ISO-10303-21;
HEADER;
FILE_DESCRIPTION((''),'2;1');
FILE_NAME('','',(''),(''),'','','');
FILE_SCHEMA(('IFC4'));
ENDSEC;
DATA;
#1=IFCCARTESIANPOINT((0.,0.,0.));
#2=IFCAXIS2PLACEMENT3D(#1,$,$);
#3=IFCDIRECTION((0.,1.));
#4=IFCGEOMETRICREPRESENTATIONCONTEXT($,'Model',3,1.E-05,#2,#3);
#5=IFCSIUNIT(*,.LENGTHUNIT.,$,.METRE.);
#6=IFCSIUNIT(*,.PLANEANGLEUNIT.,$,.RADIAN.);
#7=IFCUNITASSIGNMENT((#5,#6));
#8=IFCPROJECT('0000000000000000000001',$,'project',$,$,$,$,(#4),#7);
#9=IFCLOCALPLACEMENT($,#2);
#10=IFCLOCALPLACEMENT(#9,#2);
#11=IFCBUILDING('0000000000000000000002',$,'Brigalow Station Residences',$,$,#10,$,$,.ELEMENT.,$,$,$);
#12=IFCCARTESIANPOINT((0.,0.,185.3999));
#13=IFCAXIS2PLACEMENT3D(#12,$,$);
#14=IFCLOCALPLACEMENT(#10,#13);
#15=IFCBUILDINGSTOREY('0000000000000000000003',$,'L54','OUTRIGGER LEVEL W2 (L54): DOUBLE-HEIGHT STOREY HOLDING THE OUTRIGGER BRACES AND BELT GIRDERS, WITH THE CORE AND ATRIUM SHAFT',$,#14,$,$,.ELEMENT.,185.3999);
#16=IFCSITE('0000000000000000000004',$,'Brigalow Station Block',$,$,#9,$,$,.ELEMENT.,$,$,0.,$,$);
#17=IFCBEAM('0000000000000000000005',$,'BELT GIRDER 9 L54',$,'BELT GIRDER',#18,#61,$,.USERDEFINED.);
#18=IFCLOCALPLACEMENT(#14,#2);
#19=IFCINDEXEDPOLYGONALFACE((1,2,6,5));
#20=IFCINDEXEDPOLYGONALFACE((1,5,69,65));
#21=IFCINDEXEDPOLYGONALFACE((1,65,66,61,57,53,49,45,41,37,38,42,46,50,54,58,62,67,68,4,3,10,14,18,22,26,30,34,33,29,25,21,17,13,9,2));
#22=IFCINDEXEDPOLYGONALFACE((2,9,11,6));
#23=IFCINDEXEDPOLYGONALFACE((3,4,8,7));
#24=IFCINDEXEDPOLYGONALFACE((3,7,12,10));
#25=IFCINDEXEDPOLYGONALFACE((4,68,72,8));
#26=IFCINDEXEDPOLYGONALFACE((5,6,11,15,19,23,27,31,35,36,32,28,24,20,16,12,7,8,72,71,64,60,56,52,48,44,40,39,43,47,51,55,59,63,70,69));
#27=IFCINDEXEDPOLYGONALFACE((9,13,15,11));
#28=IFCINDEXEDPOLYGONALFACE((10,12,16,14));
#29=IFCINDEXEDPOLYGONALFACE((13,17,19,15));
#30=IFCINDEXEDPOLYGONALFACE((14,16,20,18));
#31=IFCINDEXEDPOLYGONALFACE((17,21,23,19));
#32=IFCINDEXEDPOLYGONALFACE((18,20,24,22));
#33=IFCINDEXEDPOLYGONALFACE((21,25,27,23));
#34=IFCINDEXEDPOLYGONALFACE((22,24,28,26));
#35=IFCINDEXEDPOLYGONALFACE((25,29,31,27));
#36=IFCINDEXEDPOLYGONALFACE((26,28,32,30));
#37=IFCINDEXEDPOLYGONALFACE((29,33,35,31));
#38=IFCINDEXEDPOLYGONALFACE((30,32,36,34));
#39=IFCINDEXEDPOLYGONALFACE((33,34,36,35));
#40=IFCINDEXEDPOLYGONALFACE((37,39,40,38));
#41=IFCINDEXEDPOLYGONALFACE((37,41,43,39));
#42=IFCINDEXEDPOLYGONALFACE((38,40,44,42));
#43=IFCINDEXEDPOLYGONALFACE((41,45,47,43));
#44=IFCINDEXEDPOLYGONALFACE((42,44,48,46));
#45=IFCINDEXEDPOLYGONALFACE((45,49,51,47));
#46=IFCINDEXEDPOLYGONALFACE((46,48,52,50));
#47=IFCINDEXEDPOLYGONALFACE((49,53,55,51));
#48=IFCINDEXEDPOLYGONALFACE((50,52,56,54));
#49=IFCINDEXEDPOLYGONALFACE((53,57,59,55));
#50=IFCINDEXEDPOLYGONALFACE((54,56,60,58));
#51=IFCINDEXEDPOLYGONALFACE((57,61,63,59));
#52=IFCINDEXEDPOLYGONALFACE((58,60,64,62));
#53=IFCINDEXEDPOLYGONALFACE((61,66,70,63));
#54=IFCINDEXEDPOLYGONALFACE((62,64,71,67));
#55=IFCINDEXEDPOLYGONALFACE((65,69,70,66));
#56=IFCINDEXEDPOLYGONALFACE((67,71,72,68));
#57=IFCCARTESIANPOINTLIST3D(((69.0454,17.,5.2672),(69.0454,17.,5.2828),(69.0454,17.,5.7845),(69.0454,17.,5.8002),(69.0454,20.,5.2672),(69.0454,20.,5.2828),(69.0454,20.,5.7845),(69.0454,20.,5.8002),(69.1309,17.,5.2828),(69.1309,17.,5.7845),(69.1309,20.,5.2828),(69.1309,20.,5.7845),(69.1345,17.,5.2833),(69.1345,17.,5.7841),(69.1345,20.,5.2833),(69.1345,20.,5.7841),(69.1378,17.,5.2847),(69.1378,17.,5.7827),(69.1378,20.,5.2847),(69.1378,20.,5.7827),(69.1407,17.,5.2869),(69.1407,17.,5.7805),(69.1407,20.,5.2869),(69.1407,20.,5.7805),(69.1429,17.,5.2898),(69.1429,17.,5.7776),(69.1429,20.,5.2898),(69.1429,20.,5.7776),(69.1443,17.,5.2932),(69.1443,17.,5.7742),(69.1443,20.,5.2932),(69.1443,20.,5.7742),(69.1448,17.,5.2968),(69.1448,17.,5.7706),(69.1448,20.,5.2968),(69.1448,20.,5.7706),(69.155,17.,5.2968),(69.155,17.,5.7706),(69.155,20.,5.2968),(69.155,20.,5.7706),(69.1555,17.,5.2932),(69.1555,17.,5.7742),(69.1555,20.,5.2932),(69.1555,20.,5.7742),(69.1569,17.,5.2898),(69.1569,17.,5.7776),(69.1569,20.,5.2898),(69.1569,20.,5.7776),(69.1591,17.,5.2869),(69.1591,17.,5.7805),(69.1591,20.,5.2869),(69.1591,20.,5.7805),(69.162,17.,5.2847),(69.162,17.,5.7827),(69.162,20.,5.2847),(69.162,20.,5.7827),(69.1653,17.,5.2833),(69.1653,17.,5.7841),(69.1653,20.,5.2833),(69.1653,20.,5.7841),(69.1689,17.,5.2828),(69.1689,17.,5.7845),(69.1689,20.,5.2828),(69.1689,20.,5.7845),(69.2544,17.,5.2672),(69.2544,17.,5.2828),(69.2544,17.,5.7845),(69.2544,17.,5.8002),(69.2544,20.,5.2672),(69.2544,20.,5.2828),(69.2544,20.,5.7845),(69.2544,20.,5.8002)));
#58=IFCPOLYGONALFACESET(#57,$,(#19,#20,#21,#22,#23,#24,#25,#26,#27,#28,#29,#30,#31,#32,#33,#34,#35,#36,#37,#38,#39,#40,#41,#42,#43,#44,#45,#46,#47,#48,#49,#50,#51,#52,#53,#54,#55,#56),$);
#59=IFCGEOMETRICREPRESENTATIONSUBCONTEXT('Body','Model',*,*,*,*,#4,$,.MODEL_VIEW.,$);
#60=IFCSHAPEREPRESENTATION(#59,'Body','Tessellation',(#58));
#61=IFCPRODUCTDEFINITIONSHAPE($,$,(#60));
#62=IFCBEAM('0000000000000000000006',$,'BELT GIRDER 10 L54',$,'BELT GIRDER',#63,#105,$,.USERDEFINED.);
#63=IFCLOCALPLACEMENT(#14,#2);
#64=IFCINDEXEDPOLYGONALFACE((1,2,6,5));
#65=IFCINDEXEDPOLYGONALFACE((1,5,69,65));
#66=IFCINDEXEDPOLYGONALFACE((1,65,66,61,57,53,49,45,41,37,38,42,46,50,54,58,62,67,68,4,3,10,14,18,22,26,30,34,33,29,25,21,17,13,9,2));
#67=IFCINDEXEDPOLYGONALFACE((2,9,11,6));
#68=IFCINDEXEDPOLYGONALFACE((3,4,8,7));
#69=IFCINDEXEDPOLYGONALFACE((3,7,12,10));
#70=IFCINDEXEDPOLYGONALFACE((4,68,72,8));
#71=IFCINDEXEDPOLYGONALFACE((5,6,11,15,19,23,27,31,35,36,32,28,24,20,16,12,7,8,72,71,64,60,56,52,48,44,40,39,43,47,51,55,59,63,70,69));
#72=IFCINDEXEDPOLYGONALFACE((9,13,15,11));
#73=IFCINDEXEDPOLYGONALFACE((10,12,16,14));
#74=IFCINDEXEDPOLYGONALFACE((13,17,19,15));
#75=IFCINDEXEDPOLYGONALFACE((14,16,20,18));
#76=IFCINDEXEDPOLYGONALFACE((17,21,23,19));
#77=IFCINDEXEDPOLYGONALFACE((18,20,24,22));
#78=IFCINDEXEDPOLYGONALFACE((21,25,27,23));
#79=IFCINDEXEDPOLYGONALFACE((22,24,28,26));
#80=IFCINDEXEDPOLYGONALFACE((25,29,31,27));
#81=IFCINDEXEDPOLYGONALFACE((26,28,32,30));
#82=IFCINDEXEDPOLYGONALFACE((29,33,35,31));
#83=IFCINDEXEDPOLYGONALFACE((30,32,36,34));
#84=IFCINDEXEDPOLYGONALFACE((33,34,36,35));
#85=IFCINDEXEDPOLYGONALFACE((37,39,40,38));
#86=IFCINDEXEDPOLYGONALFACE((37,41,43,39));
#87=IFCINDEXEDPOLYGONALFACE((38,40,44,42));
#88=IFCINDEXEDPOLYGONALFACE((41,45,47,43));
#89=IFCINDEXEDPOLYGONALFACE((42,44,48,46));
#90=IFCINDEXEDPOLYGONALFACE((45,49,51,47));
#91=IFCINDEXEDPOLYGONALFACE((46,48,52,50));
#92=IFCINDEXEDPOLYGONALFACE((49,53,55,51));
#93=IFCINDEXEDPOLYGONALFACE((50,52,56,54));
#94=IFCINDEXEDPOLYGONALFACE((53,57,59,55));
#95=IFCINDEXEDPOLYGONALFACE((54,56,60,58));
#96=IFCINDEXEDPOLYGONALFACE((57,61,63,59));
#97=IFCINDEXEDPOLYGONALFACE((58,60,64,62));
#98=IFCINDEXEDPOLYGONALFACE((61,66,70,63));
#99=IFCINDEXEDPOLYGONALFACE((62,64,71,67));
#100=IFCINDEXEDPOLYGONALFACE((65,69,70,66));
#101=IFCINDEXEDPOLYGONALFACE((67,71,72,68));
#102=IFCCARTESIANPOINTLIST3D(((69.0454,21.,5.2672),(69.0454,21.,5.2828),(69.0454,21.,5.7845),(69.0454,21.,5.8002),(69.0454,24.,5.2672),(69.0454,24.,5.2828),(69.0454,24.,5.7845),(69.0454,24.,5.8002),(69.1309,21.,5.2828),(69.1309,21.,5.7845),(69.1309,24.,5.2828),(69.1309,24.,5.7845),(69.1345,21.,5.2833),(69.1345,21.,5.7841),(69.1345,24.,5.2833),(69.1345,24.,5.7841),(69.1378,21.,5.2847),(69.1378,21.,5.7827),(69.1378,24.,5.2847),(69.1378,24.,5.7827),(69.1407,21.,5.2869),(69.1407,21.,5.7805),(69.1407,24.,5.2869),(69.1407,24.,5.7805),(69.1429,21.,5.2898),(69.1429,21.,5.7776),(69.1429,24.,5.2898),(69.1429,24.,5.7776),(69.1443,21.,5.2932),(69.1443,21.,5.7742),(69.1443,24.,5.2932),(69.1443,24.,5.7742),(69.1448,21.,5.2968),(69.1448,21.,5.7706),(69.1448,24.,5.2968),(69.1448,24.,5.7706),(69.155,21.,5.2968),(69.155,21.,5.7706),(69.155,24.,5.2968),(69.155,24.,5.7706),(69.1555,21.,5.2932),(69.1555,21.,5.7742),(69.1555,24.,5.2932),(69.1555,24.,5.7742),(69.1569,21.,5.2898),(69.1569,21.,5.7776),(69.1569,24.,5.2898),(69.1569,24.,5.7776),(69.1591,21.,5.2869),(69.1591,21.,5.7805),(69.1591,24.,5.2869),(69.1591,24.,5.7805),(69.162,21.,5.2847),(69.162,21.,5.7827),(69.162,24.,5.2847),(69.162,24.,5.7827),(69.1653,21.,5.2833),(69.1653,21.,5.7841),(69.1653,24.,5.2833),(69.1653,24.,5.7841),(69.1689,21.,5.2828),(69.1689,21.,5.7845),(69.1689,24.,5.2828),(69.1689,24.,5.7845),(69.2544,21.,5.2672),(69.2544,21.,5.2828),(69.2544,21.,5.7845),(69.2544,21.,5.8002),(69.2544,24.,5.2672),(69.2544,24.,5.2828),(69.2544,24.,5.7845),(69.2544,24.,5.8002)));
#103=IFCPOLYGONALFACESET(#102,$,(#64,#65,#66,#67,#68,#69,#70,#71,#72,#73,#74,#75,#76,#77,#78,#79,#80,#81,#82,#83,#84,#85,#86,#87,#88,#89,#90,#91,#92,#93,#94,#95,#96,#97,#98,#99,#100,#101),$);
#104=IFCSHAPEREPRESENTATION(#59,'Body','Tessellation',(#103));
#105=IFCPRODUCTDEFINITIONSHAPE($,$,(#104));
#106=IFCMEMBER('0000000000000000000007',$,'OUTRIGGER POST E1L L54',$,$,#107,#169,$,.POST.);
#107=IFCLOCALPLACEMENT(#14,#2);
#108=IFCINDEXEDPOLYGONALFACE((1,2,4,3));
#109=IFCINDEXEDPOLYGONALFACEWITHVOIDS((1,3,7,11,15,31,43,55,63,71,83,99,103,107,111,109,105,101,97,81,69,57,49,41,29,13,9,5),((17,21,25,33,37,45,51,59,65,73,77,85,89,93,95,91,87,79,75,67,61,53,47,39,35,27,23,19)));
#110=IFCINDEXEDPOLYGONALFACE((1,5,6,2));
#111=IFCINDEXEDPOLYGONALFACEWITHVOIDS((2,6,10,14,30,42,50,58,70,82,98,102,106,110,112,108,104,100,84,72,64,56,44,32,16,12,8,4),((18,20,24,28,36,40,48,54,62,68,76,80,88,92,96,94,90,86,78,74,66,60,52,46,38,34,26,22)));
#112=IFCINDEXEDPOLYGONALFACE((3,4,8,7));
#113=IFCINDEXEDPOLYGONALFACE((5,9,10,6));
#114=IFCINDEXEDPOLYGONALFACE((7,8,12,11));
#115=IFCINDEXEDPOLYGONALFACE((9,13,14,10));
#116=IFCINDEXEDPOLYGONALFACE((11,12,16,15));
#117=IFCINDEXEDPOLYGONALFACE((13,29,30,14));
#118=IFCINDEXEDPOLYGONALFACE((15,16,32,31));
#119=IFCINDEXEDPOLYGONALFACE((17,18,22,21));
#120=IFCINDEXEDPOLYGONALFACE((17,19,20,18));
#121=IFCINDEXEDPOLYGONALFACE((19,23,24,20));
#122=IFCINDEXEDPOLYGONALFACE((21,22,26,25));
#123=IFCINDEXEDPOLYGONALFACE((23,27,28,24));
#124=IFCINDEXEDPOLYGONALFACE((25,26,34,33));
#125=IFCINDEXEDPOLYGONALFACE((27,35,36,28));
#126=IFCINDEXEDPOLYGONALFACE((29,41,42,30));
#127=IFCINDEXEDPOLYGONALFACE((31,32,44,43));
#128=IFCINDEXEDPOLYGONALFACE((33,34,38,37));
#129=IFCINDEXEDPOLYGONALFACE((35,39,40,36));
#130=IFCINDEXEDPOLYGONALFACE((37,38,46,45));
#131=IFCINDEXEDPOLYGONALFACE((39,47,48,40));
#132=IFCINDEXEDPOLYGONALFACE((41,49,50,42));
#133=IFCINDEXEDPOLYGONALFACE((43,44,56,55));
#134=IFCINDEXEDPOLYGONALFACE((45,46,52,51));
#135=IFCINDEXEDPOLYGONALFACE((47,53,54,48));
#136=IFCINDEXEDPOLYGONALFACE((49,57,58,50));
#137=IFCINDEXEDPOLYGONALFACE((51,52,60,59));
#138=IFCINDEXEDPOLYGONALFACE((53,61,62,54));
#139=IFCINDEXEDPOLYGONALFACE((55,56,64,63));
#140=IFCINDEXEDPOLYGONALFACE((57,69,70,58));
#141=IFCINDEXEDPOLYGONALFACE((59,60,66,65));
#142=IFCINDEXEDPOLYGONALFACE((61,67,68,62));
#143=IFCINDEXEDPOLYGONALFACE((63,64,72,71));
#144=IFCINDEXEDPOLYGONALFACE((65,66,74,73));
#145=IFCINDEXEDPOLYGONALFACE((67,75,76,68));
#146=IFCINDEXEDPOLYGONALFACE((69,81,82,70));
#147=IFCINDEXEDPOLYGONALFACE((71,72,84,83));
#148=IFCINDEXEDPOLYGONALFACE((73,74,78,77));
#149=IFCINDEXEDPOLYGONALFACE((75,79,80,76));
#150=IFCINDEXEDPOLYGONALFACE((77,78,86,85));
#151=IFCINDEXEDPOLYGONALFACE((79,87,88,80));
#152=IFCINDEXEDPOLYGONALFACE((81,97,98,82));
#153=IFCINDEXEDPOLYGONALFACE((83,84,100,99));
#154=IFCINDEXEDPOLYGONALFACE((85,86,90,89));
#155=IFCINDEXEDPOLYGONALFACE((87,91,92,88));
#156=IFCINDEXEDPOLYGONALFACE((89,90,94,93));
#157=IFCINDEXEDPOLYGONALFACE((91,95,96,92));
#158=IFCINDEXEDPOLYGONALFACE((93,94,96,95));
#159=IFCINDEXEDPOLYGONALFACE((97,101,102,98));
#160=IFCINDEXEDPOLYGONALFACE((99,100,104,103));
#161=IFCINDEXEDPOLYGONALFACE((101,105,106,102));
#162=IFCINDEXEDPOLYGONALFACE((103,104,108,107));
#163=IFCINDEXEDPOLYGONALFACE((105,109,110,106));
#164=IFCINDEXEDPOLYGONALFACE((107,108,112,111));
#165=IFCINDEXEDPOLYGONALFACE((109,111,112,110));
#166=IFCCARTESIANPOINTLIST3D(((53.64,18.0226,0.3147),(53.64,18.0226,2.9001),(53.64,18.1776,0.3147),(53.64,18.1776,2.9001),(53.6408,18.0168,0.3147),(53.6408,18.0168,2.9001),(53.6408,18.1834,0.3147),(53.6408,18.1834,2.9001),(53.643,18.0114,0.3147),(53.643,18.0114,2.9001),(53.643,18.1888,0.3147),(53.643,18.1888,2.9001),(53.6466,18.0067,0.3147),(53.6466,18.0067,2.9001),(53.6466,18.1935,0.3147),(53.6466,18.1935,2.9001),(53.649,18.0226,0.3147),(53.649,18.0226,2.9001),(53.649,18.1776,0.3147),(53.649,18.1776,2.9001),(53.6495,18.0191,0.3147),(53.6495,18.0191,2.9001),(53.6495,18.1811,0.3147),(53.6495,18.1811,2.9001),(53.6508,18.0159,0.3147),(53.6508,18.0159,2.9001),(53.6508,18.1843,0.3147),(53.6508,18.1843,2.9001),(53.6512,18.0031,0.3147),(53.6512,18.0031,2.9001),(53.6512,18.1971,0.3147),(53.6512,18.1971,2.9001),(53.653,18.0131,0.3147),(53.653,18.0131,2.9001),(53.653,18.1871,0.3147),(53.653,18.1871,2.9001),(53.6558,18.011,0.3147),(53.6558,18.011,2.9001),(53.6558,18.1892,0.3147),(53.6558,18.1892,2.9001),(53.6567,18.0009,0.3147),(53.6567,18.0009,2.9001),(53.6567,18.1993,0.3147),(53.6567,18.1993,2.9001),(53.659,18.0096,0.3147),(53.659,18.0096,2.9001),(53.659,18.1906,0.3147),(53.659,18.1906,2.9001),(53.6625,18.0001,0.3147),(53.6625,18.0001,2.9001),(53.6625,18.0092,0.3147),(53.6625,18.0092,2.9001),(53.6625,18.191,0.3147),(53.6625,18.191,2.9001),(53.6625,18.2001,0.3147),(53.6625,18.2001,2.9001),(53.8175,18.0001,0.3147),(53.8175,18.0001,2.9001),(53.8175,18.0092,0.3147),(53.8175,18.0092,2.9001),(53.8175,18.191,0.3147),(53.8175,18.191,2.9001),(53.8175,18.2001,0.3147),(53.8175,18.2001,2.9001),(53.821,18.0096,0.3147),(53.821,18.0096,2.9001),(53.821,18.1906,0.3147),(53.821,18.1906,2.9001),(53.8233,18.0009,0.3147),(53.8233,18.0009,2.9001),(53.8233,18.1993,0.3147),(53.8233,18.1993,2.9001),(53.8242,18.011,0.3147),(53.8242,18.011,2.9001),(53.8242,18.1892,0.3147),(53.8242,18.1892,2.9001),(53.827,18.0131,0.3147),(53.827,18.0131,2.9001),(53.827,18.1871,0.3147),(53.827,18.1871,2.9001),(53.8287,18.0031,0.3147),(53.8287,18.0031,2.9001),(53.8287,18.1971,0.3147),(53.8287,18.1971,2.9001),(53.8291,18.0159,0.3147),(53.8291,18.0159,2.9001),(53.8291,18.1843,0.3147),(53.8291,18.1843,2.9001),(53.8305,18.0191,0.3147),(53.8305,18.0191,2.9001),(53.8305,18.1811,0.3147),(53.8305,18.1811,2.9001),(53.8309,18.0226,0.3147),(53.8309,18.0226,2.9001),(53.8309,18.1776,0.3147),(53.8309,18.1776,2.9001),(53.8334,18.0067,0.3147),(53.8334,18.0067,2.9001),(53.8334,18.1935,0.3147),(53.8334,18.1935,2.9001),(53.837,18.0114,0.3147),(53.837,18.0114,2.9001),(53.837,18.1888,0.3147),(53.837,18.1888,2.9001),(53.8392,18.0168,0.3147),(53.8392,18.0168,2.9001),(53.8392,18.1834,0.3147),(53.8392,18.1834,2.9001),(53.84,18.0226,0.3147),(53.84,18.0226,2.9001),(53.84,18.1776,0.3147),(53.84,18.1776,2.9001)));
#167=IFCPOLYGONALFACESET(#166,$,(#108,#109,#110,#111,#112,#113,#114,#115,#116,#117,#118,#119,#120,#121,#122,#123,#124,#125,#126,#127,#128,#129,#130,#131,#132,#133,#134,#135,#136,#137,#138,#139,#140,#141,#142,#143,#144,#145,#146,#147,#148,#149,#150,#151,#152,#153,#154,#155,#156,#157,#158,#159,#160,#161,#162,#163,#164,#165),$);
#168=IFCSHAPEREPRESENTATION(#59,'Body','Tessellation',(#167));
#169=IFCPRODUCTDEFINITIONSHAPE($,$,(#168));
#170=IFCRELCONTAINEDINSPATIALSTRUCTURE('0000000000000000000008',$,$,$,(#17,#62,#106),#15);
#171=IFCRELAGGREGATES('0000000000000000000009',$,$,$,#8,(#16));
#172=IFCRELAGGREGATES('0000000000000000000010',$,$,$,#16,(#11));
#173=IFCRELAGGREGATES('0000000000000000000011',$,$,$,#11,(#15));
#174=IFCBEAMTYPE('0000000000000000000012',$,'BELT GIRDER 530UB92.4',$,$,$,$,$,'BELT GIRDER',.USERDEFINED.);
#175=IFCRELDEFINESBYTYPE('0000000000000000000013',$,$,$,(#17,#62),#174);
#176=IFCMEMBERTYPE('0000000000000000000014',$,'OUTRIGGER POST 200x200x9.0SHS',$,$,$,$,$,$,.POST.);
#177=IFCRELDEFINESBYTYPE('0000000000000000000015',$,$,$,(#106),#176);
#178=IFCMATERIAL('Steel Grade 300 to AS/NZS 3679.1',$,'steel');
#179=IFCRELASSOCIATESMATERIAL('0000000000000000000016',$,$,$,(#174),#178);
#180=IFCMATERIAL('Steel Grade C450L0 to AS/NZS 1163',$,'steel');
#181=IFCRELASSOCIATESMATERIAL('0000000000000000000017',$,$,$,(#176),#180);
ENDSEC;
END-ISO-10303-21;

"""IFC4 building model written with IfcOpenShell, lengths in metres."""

from ifc_helpers import new_model, si_unit, direction, frame, origin, origin_2d, place, context, subcontext, project, spatial, hollow_rectangle, i_section, extrude, material, material_profile, profile_set, type_object, element, save


model = new_model("IFC4")

# Units and contexts
model_context = context("Model", 3, precision=1e-05, world=origin(), true_north=direction((0.0, 1.0)))
body_context = subcontext(model_context, "Body", "Model", "MODEL_VIEW")
ifc_project = project(units=[si_unit("LENGTHUNIT", "METRE"), si_unit("PLANEANGLEUNIT", "RADIAN")], contexts=[model_context])

# Site, building, storey
site_placement = place(None, origin())
site = spatial("IfcSite", under=ifc_project, at=site_placement, Name="Brigalow Station Block", CompositionType="ELEMENT", RefElevation=0.0)
building_placement = place(site_placement, origin())
building = spatial("IfcBuilding", under=site, at=building_placement, Name="Brigalow Station Residences", CompositionType="ELEMENT")
storey_placement = place(building_placement, frame((0.0, 0.0, 185.3999)))
storey = spatial("IfcBuildingStorey", under=building, at=storey_placement, Name="L54", Description="OUTRIGGER LEVEL W2 (L54): DOUBLE-HEIGHT STOREY HOLDING THE OUTRIGGER BRACES AND BELT GIRDERS, WITH THE CORE AND ATRIUM SHAFT", CompositionType="ELEMENT", Elevation=185.3999)

# Beams
ifc_material_1 = material(Name="Steel Grade 300 to AS/NZS 3679.1", Category="steel")
ifc_material_profile_1 = material_profile(ifc_material_1, i_section(OverallWidth=0.209, OverallDepth=0.533, WebThickness=0.0103, FlangeThickness=0.0156, FilletRadius=0.0139, at=origin_2d()), Name="530UB92.4")
ifc_profile_set_1 = profile_set([ifc_material_profile_1], Name="Steel Grade 300 to AS/NZS 3679.1")
beam_type = type_object("IfcBeamType", Name="BELT GIRDER 530UB92.4", ElementType="BELT GIRDER", PredefinedType="USERDEFINED", material=ifc_profile_set_1)
for number, where, z_axis, x_axis, name in (
    (1, (69.1499, 17.0, 5.5337), (0.0, 1.0, 0.0), (-1.0, 0.0, 0.0), "BELT GIRDER 9 L54"),
    (2, (69.1499, 21.0, 5.5337), (0.0, 1.0, 0.0), (-1.0, 0.0, 0.0), "BELT GIRDER 10 L54"),
):
    element("IfcBeam", number, at=place(storey_placement, frame(where, z_axis=z_axis, x_axis=x_axis)), inside=storey, type_object=beam_type, Name=name, ObjectType="BELT GIRDER", PredefinedType="USERDEFINED", context=body_context, shape_type="SweptSolid", body=[
        extrude(i_section(OverallWidth=0.209, OverallDepth=0.533, WebThickness=0.0103, FlangeThickness=0.0156, FilletRadius=0.0139, at=origin_2d()), origin(), (0.0, 0.0, 1.0), 3.0),
    ])

# Member
ifc_material_2 = material(Name="Steel Grade C450L0 to AS/NZS 1163", Category="steel")
ifc_material_profile_2 = material_profile(ifc_material_2, hollow_rectangle(XDim=0.2, YDim=0.2, WallThickness=0.009, InnerFilletRadius=0.0134, OuterFilletRadius=0.0225, at=origin_2d()), Name="200x200x9.0SHS")
ifc_profile_set_2 = profile_set([ifc_material_profile_2], Name="Steel Grade C450L0 to AS/NZS 1163")
member_type = type_object("IfcMemberType", Name="OUTRIGGER POST 200x200x9.0SHS", PredefinedType="POST", material=ifc_profile_set_2)
for number, where, z_axis, x_axis, name in (
    (3, (53.74, 18.1001, 0.3147), (0.0, 0.0, 1.0), (1.0, 0.0, 0.0), "OUTRIGGER POST E1L L54"),
):
    element("IfcMember", number, at=place(storey_placement, frame(where, z_axis=z_axis, x_axis=x_axis)), inside=storey, type_object=member_type, Name=name, PredefinedType="POST", context=body_context, shape_type="SweptSolid", body=[
        extrude(hollow_rectangle(XDim=0.2, YDim=0.2, WallThickness=0.009, InnerFilletRadius=0.0134, OuterFilletRadius=0.0225, at=origin_2d()), origin(), (0.0, 0.0, 1.0), 2.5854),
    ])

save(model, "model.ifc")
